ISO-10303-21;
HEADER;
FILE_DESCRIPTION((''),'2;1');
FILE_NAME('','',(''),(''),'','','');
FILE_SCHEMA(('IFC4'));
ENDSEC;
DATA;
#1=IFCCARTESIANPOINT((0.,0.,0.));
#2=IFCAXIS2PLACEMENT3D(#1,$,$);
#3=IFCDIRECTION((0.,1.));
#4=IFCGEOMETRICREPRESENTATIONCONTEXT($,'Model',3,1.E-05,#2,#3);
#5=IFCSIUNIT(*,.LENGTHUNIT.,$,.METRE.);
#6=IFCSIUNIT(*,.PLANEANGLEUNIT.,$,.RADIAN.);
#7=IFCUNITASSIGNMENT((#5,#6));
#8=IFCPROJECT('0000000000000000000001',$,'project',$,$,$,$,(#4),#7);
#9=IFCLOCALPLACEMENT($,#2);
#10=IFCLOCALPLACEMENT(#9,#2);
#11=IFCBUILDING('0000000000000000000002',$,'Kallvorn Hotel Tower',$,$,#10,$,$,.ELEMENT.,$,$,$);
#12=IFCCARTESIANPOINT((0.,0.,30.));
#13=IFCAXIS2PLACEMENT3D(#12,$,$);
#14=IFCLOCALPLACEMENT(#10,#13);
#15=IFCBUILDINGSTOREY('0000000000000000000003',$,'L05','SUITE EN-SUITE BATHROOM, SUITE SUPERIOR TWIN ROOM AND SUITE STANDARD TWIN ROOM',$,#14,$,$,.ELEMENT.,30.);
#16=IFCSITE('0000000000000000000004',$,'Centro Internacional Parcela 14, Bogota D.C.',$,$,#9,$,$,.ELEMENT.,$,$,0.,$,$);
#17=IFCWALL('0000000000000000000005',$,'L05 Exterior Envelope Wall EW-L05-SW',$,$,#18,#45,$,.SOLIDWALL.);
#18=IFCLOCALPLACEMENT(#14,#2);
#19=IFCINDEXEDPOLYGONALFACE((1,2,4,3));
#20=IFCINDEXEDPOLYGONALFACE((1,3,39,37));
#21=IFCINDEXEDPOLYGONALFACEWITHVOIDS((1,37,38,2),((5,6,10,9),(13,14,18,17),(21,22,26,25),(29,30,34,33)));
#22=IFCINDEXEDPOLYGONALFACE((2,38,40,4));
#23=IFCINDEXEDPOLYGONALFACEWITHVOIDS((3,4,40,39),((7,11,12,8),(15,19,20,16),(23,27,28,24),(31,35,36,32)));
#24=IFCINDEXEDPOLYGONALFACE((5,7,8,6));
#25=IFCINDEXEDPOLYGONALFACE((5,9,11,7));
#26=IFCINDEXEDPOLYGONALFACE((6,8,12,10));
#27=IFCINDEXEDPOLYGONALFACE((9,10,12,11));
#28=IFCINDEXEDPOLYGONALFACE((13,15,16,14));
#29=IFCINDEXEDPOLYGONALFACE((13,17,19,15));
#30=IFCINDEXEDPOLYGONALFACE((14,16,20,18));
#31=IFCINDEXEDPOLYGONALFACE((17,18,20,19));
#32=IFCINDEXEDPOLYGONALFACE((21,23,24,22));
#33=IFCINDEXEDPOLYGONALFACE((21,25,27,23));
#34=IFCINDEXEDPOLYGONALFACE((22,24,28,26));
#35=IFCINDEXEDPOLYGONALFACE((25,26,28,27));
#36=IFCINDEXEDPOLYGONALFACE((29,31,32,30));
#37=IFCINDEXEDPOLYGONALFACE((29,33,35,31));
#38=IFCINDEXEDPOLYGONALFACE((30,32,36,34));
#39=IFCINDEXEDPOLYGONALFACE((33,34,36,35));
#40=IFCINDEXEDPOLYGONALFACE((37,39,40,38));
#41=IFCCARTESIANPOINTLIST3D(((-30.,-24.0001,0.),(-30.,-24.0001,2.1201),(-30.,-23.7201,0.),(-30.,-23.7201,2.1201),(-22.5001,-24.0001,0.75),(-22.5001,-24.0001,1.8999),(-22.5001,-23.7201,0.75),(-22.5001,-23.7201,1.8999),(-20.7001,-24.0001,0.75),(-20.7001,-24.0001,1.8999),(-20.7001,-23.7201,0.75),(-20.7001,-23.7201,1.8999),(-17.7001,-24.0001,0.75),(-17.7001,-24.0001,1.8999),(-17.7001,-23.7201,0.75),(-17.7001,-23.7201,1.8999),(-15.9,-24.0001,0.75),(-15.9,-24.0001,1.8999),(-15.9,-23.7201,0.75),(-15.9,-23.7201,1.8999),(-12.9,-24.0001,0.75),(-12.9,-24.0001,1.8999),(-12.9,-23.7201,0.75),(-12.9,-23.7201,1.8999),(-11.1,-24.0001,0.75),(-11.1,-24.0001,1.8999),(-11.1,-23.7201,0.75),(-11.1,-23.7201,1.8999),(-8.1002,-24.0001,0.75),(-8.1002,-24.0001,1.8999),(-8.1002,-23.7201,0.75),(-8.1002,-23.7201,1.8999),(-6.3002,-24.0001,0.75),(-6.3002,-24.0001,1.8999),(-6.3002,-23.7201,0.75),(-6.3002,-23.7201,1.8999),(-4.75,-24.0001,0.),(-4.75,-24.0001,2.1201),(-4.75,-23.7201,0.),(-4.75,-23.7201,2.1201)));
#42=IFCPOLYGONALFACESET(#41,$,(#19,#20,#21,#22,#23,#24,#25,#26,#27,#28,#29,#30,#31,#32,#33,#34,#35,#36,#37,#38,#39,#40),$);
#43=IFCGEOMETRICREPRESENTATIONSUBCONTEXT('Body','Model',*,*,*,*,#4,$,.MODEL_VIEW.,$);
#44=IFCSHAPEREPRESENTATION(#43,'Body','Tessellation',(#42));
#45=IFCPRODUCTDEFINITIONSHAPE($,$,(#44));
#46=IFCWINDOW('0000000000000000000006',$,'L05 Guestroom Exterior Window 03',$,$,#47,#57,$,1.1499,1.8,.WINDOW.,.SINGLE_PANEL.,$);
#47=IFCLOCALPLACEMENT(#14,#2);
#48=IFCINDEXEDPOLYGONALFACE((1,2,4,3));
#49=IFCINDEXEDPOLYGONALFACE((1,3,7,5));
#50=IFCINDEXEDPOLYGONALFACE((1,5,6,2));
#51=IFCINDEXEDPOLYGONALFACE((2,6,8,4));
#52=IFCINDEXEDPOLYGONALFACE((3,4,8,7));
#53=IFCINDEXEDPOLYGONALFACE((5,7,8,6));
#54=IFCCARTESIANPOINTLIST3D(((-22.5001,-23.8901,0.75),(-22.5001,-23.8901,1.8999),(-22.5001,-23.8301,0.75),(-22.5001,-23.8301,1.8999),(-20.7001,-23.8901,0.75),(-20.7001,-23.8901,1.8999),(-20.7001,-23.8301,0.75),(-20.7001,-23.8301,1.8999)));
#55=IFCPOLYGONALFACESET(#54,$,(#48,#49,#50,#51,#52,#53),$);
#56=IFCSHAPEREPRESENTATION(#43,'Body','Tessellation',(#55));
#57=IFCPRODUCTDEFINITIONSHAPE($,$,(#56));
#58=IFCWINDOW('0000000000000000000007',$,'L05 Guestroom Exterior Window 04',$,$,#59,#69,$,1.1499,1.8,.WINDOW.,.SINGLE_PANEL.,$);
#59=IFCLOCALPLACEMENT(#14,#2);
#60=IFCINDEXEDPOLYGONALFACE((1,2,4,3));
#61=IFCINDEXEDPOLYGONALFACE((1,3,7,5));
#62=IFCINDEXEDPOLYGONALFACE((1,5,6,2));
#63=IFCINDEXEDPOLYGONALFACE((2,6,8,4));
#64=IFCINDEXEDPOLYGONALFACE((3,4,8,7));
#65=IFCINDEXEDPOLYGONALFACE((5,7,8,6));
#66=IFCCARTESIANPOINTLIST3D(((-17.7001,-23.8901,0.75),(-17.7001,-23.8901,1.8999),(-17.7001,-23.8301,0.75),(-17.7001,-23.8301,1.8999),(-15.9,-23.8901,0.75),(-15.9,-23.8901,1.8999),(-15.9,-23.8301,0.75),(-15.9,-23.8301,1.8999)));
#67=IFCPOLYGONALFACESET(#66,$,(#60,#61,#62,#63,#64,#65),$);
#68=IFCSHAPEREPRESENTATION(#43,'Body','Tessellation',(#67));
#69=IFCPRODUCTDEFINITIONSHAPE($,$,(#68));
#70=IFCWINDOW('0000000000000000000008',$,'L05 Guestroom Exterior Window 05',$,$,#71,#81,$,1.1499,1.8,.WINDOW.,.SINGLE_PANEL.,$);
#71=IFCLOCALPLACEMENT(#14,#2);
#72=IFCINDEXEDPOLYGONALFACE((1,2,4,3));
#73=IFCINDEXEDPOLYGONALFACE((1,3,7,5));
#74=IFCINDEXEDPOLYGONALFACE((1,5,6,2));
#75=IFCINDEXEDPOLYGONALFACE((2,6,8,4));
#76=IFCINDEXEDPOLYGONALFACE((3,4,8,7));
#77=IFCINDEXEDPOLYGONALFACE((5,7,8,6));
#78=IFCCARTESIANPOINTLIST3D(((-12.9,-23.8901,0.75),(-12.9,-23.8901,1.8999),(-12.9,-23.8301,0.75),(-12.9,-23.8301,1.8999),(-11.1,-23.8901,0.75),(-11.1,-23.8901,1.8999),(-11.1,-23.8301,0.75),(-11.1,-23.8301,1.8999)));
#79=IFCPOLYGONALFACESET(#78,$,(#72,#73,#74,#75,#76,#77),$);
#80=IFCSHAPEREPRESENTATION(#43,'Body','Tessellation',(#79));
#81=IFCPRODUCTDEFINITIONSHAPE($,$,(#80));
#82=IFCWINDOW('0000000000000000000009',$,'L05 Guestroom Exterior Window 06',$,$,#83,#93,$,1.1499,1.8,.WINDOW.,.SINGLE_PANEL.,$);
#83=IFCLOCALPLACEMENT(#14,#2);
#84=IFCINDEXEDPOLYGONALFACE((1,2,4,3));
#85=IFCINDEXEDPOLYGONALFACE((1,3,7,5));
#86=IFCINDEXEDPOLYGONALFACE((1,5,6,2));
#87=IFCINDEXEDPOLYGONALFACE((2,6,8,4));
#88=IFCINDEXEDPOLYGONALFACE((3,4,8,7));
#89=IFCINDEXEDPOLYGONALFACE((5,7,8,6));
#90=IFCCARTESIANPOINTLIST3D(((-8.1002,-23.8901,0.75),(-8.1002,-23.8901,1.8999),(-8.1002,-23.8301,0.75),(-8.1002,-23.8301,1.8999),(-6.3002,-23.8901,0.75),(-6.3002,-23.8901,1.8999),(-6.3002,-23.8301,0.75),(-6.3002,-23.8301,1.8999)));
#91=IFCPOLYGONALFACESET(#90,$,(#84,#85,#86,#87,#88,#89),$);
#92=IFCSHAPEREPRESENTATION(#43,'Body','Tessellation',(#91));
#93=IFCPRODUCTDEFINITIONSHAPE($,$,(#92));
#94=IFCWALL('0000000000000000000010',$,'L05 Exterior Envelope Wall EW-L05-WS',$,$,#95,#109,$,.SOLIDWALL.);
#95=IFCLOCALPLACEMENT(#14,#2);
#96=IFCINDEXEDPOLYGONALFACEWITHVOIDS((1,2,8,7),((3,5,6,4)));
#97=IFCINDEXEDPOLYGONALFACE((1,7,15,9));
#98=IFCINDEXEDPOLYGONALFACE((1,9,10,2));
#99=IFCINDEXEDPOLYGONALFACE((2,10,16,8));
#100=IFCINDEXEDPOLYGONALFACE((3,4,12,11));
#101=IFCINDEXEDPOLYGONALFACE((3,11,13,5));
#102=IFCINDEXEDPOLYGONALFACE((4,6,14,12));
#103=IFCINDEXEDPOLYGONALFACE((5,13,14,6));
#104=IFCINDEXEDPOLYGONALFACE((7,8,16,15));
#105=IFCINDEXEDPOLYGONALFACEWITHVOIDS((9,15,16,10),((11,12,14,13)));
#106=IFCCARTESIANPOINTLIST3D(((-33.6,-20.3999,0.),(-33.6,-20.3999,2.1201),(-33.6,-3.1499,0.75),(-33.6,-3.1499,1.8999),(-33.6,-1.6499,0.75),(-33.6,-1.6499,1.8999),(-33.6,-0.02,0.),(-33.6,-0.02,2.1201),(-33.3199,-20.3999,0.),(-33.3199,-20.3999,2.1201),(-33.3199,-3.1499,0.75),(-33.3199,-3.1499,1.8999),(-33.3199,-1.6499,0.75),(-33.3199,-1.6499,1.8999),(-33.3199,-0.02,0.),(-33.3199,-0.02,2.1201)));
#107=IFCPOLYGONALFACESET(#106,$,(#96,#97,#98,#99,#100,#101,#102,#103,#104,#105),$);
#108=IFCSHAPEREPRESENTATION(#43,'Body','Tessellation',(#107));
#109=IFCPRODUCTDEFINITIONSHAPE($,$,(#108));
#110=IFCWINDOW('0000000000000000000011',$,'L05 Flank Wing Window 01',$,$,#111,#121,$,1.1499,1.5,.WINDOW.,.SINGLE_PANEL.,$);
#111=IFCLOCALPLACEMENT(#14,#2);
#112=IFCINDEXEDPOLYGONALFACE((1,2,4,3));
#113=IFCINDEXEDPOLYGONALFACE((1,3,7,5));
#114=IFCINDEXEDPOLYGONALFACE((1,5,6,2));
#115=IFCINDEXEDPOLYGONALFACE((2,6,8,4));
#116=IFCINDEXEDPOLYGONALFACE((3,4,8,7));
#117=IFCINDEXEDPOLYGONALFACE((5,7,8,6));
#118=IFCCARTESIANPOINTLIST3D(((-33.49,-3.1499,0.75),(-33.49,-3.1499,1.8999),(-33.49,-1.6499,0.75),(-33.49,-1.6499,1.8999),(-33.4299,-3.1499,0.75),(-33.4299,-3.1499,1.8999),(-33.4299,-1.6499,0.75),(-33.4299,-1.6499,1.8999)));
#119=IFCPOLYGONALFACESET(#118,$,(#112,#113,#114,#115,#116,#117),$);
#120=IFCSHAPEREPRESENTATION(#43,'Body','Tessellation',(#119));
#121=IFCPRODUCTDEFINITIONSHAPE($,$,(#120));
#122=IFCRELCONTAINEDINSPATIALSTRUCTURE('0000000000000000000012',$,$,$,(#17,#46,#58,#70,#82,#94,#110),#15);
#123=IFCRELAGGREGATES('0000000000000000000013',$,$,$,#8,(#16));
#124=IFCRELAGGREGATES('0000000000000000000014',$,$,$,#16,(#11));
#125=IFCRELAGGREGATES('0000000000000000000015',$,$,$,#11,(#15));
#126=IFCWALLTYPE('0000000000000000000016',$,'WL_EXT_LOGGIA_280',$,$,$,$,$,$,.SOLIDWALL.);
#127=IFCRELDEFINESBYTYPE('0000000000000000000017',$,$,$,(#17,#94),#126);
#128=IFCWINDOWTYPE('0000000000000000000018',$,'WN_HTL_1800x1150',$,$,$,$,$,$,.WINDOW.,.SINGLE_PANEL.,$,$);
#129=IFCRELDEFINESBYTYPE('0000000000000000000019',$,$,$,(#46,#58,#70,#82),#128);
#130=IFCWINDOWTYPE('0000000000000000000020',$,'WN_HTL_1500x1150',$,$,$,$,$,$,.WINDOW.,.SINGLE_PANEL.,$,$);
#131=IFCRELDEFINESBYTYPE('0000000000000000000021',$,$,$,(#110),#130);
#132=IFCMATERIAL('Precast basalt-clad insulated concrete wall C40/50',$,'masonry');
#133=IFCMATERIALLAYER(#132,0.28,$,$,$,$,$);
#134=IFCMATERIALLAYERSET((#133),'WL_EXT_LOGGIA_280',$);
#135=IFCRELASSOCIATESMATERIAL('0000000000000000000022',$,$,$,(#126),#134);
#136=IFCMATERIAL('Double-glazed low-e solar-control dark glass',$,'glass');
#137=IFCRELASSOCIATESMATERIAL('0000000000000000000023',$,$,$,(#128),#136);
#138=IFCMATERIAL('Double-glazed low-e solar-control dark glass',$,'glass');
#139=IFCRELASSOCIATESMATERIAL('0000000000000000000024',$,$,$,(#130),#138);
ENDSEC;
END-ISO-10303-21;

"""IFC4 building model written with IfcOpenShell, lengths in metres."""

from ifc_helpers import new_model, si_unit, direction, frame, frame_2d, origin, place, context, subcontext, project, spatial, rectangle, extrude, material, layer, layer_set, type_object, element, fill, save


model = new_model("IFC4")

# Units and contexts
model_context = context("Model", 3, precision=1e-05, world=origin(), true_north=direction((0.0, 1.0)))
body_context = subcontext(model_context, "Body", "Model", "MODEL_VIEW")
ifc_project = project(units=[si_unit("LENGTHUNIT", "METRE"), si_unit("PLANEANGLEUNIT", "RADIAN")], contexts=[model_context])

# Site, building, storey
site_placement = place(None, origin())
site = spatial("IfcSite", under=ifc_project, at=site_placement, Name="Centro Internacional Parcela 14, Bogota D.C.", CompositionType="ELEMENT", RefElevation=0.0)
building_placement = place(site_placement, origin())
building = spatial("IfcBuilding", under=site, at=building_placement, Name="Kallvorn Hotel Tower", CompositionType="ELEMENT")
storey_placement = place(building_placement, frame((0.0, 0.0, 30.0)))
storey = spatial("IfcBuildingStorey", under=building, at=storey_placement, Name="L05", Description="SUITE EN-SUITE BATHROOM, SUITE SUPERIOR TWIN ROOM AND SUITE STANDARD TWIN ROOM", CompositionType="ELEMENT", Elevation=30.0)

# Shared definitions
ifc_material_1 = material(Name="Precast basalt-clad insulated concrete wall C40/50", Category="masonry")
ifc_layer_1 = layer(ifc_material_1, 0.28)
ifc_layer_set_1 = layer_set([ifc_layer_1], Name="WL_EXT_LOGGIA_280")
wall_type = type_object("IfcWallType", Name="WL_EXT_LOGGIA_280", PredefinedType="SOLIDWALL", material=ifc_layer_set_1)

# Wall, openings, windows
wall_1_placement = place(storey_placement, frame((-30.0, -23.8601, 0.0), z_axis=(0.0, 0.0, 1.0), x_axis=(1.0, 0.0, 0.0)))
wall_1 = element("IfcWall", 1, at=wall_1_placement, inside=storey, type_object=wall_type, Name="L05 Exterior Envelope Wall EW-L05-SW", PredefinedType="SOLIDWALL", context=body_context, shape_type="SweptSolid", body=[
    extrude(rectangle(XDim=25.25, YDim=0.28, at=frame_2d((12.625, 0.0))), origin(), (0.0, 0.0, 1.0), 2.1201),
])
opening_1_placement = place(wall_1_placement, frame((7.5, 0.0, 0.75)))
opening_1 = element("IfcOpeningElement", 2, at=opening_1_placement, cuts=wall_1, PredefinedType="OPENING", context=body_context, shape_type="SweptSolid", body=[
    extrude(rectangle(XDim=1.8, YDim=1.1499, at=frame_2d((0.8999, 0.575))), frame((0.0, 0.155, 0.0), z_axis=(0.0, -1.0, 0.0), x_axis=(1.0, 0.0, 0.0)), (0.0, 0.0, 1.0), 0.3101),
])
opening_2_placement = place(wall_1_placement, frame((12.3, 0.0, 0.75)))
opening_2 = element("IfcOpeningElement", 3, at=opening_2_placement, cuts=wall_1, PredefinedType="OPENING", context=body_context, shape_type="SweptSolid", body=[
    extrude(rectangle(XDim=1.8, YDim=1.1499, at=frame_2d((0.8999, 0.575))), frame((0.0, 0.155, 0.0), z_axis=(0.0, -1.0, 0.0), x_axis=(1.0, 0.0, 0.0)), (0.0, 0.0, 1.0), 0.3101),
])
opening_3_placement = place(wall_1_placement, frame((17.1001, 0.0, 0.75)))
opening_3 = element("IfcOpeningElement", 4, at=opening_3_placement, cuts=wall_1, PredefinedType="OPENING", context=body_context, shape_type="SweptSolid", body=[
    extrude(rectangle(XDim=1.8, YDim=1.1499, at=frame_2d((0.8999, 0.575))), frame((0.0, 0.155, 0.0), z_axis=(0.0, -1.0, 0.0), x_axis=(1.0, 0.0, 0.0)), (0.0, 0.0, 1.0), 0.3101),
])
opening_4_placement = place(wall_1_placement, frame((21.8999, 0.0, 0.75)))
opening_4 = element("IfcOpeningElement", 5, at=opening_4_placement, cuts=wall_1, PredefinedType="OPENING", context=body_context, shape_type="SweptSolid", body=[
    extrude(rectangle(XDim=1.8, YDim=1.1499, at=frame_2d((0.8999, 0.575))), frame((0.0, 0.155, 0.0), z_axis=(0.0, -1.0, 0.0), x_axis=(1.0, 0.0, 0.0)), (0.0, 0.0, 1.0), 0.3101),
])
ifc_material_2 = material(Name="Double-glazed low-e solar-control dark glass", Category="glass")
window_type_1 = type_object("IfcWindowType", Name="WN_HTL_1800x1150", PartitioningType="SINGLE_PANEL", PredefinedType="WINDOW", material=ifc_material_2)
window_1_placement = place(opening_1_placement, origin())
window_1 = element("IfcWindow", 6, at=window_1_placement, inside=storey, type_object=window_type_1, Name="L05 Guestroom Exterior Window 03", OverallHeight=1.1499, OverallWidth=1.8, PartitioningType="SINGLE_PANEL", PredefinedType="WINDOW", context=body_context, shape_type="SweptSolid", body=[
    extrude(rectangle(XDim=1.8, YDim=1.1499, at=frame_2d((0.8999, 0.575))), frame((0.0, 0.03, 0.0), z_axis=(0.0, -1.0, 0.0), x_axis=(1.0, 0.0, 0.0)), (0.0, 0.0, 1.0), 0.0601),
])
fill(opening_1, window_1)
window_2_placement = place(opening_2_placement, origin())
window_2 = element("IfcWindow", 7, at=window_2_placement, inside=storey, type_object=window_type_1, Name="L05 Guestroom Exterior Window 04", OverallHeight=1.1499, OverallWidth=1.8, PartitioningType="SINGLE_PANEL", PredefinedType="WINDOW", context=body_context, shape_type="SweptSolid", body=[
    extrude(rectangle(XDim=1.8, YDim=1.1499, at=frame_2d((0.8999, 0.575))), frame((0.0, 0.03, 0.0), z_axis=(0.0, -1.0, 0.0), x_axis=(1.0, 0.0, 0.0)), (0.0, 0.0, 1.0), 0.0601),
])
fill(opening_2, window_2)
window_3_placement = place(opening_3_placement, origin())
window_3 = element("IfcWindow", 8, at=window_3_placement, inside=storey, type_object=window_type_1, Name="L05 Guestroom Exterior Window 05", OverallHeight=1.1499, OverallWidth=1.8, PartitioningType="SINGLE_PANEL", PredefinedType="WINDOW", context=body_context, shape_type="SweptSolid", body=[
    extrude(rectangle(XDim=1.8, YDim=1.1499, at=frame_2d((0.8999, 0.575))), frame((0.0, 0.03, 0.0), z_axis=(0.0, -1.0, 0.0), x_axis=(1.0, 0.0, 0.0)), (0.0, 0.0, 1.0), 0.0601),
])
fill(opening_3, window_3)
window_4_placement = place(opening_4_placement, origin())
window_4 = element("IfcWindow", 9, at=window_4_placement, inside=storey, type_object=window_type_1, Name="L05 Guestroom Exterior Window 06", OverallHeight=1.1499, OverallWidth=1.8, PartitioningType="SINGLE_PANEL", PredefinedType="WINDOW", context=body_context, shape_type="SweptSolid", body=[
    extrude(rectangle(XDim=1.8, YDim=1.1499, at=frame_2d((0.8999, 0.575))), frame((0.0, 0.03, 0.0), z_axis=(0.0, -1.0, 0.0), x_axis=(1.0, 0.0, 0.0)), (0.0, 0.0, 1.0), 0.0601),
])
fill(opening_4, window_4)

# Wall, opening, window
wall_2_placement = place(storey_placement, frame((-33.46, -20.3999, 0.0), z_axis=(0.0, 0.0, 1.0), x_axis=(0.0, 1.0, 0.0)))
wall_2 = element("IfcWall", 10, at=wall_2_placement, inside=storey, type_object=wall_type, Name="L05 Exterior Envelope Wall EW-L05-WS", PredefinedType="SOLIDWALL", context=body_context, shape_type="SweptSolid", body=[
    extrude(rectangle(XDim=20.3799, YDim=0.28, at=frame_2d((10.1899, 0.0))), origin(), (0.0, 0.0, 1.0), 2.1201),
])
opening_5_placement = place(wall_2_placement, frame((17.25, 0.0, 0.75)))
opening_5 = element("IfcOpeningElement", 11, at=opening_5_placement, cuts=wall_2, PredefinedType="OPENING", context=body_context, shape_type="SweptSolid", body=[
    extrude(rectangle(XDim=1.5, YDim=1.1499, at=frame_2d((0.75, 0.575))), frame((0.0, 0.155, 0.0), z_axis=(0.0, -1.0, 0.0), x_axis=(1.0, 0.0, 0.0)), (0.0, 0.0, 1.0), 0.3101),
])
ifc_material_3 = material(Name="Double-glazed low-e solar-control dark glass", Category="glass")
window_type_2 = type_object("IfcWindowType", Name="WN_HTL_1500x1150", PartitioningType="SINGLE_PANEL", PredefinedType="WINDOW", material=ifc_material_3)
window_5_placement = place(opening_5_placement, origin())
window_5 = element("IfcWindow", 12, at=window_5_placement, inside=storey, type_object=window_type_2, Name="L05 Flank Wing Window 01", OverallHeight=1.1499, OverallWidth=1.5, PartitioningType="SINGLE_PANEL", PredefinedType="WINDOW", context=body_context, shape_type="SweptSolid", body=[
    extrude(rectangle(XDim=1.5, YDim=1.1499, at=frame_2d((0.75, 0.575))), frame((0.0, 0.03, 0.0), z_axis=(0.0, -1.0, 0.0), x_axis=(1.0, 0.0, 0.0)), (0.0, 0.0, 1.0), 0.0601),
])
fill(opening_5, window_5)

save(model, "model.ifc")
